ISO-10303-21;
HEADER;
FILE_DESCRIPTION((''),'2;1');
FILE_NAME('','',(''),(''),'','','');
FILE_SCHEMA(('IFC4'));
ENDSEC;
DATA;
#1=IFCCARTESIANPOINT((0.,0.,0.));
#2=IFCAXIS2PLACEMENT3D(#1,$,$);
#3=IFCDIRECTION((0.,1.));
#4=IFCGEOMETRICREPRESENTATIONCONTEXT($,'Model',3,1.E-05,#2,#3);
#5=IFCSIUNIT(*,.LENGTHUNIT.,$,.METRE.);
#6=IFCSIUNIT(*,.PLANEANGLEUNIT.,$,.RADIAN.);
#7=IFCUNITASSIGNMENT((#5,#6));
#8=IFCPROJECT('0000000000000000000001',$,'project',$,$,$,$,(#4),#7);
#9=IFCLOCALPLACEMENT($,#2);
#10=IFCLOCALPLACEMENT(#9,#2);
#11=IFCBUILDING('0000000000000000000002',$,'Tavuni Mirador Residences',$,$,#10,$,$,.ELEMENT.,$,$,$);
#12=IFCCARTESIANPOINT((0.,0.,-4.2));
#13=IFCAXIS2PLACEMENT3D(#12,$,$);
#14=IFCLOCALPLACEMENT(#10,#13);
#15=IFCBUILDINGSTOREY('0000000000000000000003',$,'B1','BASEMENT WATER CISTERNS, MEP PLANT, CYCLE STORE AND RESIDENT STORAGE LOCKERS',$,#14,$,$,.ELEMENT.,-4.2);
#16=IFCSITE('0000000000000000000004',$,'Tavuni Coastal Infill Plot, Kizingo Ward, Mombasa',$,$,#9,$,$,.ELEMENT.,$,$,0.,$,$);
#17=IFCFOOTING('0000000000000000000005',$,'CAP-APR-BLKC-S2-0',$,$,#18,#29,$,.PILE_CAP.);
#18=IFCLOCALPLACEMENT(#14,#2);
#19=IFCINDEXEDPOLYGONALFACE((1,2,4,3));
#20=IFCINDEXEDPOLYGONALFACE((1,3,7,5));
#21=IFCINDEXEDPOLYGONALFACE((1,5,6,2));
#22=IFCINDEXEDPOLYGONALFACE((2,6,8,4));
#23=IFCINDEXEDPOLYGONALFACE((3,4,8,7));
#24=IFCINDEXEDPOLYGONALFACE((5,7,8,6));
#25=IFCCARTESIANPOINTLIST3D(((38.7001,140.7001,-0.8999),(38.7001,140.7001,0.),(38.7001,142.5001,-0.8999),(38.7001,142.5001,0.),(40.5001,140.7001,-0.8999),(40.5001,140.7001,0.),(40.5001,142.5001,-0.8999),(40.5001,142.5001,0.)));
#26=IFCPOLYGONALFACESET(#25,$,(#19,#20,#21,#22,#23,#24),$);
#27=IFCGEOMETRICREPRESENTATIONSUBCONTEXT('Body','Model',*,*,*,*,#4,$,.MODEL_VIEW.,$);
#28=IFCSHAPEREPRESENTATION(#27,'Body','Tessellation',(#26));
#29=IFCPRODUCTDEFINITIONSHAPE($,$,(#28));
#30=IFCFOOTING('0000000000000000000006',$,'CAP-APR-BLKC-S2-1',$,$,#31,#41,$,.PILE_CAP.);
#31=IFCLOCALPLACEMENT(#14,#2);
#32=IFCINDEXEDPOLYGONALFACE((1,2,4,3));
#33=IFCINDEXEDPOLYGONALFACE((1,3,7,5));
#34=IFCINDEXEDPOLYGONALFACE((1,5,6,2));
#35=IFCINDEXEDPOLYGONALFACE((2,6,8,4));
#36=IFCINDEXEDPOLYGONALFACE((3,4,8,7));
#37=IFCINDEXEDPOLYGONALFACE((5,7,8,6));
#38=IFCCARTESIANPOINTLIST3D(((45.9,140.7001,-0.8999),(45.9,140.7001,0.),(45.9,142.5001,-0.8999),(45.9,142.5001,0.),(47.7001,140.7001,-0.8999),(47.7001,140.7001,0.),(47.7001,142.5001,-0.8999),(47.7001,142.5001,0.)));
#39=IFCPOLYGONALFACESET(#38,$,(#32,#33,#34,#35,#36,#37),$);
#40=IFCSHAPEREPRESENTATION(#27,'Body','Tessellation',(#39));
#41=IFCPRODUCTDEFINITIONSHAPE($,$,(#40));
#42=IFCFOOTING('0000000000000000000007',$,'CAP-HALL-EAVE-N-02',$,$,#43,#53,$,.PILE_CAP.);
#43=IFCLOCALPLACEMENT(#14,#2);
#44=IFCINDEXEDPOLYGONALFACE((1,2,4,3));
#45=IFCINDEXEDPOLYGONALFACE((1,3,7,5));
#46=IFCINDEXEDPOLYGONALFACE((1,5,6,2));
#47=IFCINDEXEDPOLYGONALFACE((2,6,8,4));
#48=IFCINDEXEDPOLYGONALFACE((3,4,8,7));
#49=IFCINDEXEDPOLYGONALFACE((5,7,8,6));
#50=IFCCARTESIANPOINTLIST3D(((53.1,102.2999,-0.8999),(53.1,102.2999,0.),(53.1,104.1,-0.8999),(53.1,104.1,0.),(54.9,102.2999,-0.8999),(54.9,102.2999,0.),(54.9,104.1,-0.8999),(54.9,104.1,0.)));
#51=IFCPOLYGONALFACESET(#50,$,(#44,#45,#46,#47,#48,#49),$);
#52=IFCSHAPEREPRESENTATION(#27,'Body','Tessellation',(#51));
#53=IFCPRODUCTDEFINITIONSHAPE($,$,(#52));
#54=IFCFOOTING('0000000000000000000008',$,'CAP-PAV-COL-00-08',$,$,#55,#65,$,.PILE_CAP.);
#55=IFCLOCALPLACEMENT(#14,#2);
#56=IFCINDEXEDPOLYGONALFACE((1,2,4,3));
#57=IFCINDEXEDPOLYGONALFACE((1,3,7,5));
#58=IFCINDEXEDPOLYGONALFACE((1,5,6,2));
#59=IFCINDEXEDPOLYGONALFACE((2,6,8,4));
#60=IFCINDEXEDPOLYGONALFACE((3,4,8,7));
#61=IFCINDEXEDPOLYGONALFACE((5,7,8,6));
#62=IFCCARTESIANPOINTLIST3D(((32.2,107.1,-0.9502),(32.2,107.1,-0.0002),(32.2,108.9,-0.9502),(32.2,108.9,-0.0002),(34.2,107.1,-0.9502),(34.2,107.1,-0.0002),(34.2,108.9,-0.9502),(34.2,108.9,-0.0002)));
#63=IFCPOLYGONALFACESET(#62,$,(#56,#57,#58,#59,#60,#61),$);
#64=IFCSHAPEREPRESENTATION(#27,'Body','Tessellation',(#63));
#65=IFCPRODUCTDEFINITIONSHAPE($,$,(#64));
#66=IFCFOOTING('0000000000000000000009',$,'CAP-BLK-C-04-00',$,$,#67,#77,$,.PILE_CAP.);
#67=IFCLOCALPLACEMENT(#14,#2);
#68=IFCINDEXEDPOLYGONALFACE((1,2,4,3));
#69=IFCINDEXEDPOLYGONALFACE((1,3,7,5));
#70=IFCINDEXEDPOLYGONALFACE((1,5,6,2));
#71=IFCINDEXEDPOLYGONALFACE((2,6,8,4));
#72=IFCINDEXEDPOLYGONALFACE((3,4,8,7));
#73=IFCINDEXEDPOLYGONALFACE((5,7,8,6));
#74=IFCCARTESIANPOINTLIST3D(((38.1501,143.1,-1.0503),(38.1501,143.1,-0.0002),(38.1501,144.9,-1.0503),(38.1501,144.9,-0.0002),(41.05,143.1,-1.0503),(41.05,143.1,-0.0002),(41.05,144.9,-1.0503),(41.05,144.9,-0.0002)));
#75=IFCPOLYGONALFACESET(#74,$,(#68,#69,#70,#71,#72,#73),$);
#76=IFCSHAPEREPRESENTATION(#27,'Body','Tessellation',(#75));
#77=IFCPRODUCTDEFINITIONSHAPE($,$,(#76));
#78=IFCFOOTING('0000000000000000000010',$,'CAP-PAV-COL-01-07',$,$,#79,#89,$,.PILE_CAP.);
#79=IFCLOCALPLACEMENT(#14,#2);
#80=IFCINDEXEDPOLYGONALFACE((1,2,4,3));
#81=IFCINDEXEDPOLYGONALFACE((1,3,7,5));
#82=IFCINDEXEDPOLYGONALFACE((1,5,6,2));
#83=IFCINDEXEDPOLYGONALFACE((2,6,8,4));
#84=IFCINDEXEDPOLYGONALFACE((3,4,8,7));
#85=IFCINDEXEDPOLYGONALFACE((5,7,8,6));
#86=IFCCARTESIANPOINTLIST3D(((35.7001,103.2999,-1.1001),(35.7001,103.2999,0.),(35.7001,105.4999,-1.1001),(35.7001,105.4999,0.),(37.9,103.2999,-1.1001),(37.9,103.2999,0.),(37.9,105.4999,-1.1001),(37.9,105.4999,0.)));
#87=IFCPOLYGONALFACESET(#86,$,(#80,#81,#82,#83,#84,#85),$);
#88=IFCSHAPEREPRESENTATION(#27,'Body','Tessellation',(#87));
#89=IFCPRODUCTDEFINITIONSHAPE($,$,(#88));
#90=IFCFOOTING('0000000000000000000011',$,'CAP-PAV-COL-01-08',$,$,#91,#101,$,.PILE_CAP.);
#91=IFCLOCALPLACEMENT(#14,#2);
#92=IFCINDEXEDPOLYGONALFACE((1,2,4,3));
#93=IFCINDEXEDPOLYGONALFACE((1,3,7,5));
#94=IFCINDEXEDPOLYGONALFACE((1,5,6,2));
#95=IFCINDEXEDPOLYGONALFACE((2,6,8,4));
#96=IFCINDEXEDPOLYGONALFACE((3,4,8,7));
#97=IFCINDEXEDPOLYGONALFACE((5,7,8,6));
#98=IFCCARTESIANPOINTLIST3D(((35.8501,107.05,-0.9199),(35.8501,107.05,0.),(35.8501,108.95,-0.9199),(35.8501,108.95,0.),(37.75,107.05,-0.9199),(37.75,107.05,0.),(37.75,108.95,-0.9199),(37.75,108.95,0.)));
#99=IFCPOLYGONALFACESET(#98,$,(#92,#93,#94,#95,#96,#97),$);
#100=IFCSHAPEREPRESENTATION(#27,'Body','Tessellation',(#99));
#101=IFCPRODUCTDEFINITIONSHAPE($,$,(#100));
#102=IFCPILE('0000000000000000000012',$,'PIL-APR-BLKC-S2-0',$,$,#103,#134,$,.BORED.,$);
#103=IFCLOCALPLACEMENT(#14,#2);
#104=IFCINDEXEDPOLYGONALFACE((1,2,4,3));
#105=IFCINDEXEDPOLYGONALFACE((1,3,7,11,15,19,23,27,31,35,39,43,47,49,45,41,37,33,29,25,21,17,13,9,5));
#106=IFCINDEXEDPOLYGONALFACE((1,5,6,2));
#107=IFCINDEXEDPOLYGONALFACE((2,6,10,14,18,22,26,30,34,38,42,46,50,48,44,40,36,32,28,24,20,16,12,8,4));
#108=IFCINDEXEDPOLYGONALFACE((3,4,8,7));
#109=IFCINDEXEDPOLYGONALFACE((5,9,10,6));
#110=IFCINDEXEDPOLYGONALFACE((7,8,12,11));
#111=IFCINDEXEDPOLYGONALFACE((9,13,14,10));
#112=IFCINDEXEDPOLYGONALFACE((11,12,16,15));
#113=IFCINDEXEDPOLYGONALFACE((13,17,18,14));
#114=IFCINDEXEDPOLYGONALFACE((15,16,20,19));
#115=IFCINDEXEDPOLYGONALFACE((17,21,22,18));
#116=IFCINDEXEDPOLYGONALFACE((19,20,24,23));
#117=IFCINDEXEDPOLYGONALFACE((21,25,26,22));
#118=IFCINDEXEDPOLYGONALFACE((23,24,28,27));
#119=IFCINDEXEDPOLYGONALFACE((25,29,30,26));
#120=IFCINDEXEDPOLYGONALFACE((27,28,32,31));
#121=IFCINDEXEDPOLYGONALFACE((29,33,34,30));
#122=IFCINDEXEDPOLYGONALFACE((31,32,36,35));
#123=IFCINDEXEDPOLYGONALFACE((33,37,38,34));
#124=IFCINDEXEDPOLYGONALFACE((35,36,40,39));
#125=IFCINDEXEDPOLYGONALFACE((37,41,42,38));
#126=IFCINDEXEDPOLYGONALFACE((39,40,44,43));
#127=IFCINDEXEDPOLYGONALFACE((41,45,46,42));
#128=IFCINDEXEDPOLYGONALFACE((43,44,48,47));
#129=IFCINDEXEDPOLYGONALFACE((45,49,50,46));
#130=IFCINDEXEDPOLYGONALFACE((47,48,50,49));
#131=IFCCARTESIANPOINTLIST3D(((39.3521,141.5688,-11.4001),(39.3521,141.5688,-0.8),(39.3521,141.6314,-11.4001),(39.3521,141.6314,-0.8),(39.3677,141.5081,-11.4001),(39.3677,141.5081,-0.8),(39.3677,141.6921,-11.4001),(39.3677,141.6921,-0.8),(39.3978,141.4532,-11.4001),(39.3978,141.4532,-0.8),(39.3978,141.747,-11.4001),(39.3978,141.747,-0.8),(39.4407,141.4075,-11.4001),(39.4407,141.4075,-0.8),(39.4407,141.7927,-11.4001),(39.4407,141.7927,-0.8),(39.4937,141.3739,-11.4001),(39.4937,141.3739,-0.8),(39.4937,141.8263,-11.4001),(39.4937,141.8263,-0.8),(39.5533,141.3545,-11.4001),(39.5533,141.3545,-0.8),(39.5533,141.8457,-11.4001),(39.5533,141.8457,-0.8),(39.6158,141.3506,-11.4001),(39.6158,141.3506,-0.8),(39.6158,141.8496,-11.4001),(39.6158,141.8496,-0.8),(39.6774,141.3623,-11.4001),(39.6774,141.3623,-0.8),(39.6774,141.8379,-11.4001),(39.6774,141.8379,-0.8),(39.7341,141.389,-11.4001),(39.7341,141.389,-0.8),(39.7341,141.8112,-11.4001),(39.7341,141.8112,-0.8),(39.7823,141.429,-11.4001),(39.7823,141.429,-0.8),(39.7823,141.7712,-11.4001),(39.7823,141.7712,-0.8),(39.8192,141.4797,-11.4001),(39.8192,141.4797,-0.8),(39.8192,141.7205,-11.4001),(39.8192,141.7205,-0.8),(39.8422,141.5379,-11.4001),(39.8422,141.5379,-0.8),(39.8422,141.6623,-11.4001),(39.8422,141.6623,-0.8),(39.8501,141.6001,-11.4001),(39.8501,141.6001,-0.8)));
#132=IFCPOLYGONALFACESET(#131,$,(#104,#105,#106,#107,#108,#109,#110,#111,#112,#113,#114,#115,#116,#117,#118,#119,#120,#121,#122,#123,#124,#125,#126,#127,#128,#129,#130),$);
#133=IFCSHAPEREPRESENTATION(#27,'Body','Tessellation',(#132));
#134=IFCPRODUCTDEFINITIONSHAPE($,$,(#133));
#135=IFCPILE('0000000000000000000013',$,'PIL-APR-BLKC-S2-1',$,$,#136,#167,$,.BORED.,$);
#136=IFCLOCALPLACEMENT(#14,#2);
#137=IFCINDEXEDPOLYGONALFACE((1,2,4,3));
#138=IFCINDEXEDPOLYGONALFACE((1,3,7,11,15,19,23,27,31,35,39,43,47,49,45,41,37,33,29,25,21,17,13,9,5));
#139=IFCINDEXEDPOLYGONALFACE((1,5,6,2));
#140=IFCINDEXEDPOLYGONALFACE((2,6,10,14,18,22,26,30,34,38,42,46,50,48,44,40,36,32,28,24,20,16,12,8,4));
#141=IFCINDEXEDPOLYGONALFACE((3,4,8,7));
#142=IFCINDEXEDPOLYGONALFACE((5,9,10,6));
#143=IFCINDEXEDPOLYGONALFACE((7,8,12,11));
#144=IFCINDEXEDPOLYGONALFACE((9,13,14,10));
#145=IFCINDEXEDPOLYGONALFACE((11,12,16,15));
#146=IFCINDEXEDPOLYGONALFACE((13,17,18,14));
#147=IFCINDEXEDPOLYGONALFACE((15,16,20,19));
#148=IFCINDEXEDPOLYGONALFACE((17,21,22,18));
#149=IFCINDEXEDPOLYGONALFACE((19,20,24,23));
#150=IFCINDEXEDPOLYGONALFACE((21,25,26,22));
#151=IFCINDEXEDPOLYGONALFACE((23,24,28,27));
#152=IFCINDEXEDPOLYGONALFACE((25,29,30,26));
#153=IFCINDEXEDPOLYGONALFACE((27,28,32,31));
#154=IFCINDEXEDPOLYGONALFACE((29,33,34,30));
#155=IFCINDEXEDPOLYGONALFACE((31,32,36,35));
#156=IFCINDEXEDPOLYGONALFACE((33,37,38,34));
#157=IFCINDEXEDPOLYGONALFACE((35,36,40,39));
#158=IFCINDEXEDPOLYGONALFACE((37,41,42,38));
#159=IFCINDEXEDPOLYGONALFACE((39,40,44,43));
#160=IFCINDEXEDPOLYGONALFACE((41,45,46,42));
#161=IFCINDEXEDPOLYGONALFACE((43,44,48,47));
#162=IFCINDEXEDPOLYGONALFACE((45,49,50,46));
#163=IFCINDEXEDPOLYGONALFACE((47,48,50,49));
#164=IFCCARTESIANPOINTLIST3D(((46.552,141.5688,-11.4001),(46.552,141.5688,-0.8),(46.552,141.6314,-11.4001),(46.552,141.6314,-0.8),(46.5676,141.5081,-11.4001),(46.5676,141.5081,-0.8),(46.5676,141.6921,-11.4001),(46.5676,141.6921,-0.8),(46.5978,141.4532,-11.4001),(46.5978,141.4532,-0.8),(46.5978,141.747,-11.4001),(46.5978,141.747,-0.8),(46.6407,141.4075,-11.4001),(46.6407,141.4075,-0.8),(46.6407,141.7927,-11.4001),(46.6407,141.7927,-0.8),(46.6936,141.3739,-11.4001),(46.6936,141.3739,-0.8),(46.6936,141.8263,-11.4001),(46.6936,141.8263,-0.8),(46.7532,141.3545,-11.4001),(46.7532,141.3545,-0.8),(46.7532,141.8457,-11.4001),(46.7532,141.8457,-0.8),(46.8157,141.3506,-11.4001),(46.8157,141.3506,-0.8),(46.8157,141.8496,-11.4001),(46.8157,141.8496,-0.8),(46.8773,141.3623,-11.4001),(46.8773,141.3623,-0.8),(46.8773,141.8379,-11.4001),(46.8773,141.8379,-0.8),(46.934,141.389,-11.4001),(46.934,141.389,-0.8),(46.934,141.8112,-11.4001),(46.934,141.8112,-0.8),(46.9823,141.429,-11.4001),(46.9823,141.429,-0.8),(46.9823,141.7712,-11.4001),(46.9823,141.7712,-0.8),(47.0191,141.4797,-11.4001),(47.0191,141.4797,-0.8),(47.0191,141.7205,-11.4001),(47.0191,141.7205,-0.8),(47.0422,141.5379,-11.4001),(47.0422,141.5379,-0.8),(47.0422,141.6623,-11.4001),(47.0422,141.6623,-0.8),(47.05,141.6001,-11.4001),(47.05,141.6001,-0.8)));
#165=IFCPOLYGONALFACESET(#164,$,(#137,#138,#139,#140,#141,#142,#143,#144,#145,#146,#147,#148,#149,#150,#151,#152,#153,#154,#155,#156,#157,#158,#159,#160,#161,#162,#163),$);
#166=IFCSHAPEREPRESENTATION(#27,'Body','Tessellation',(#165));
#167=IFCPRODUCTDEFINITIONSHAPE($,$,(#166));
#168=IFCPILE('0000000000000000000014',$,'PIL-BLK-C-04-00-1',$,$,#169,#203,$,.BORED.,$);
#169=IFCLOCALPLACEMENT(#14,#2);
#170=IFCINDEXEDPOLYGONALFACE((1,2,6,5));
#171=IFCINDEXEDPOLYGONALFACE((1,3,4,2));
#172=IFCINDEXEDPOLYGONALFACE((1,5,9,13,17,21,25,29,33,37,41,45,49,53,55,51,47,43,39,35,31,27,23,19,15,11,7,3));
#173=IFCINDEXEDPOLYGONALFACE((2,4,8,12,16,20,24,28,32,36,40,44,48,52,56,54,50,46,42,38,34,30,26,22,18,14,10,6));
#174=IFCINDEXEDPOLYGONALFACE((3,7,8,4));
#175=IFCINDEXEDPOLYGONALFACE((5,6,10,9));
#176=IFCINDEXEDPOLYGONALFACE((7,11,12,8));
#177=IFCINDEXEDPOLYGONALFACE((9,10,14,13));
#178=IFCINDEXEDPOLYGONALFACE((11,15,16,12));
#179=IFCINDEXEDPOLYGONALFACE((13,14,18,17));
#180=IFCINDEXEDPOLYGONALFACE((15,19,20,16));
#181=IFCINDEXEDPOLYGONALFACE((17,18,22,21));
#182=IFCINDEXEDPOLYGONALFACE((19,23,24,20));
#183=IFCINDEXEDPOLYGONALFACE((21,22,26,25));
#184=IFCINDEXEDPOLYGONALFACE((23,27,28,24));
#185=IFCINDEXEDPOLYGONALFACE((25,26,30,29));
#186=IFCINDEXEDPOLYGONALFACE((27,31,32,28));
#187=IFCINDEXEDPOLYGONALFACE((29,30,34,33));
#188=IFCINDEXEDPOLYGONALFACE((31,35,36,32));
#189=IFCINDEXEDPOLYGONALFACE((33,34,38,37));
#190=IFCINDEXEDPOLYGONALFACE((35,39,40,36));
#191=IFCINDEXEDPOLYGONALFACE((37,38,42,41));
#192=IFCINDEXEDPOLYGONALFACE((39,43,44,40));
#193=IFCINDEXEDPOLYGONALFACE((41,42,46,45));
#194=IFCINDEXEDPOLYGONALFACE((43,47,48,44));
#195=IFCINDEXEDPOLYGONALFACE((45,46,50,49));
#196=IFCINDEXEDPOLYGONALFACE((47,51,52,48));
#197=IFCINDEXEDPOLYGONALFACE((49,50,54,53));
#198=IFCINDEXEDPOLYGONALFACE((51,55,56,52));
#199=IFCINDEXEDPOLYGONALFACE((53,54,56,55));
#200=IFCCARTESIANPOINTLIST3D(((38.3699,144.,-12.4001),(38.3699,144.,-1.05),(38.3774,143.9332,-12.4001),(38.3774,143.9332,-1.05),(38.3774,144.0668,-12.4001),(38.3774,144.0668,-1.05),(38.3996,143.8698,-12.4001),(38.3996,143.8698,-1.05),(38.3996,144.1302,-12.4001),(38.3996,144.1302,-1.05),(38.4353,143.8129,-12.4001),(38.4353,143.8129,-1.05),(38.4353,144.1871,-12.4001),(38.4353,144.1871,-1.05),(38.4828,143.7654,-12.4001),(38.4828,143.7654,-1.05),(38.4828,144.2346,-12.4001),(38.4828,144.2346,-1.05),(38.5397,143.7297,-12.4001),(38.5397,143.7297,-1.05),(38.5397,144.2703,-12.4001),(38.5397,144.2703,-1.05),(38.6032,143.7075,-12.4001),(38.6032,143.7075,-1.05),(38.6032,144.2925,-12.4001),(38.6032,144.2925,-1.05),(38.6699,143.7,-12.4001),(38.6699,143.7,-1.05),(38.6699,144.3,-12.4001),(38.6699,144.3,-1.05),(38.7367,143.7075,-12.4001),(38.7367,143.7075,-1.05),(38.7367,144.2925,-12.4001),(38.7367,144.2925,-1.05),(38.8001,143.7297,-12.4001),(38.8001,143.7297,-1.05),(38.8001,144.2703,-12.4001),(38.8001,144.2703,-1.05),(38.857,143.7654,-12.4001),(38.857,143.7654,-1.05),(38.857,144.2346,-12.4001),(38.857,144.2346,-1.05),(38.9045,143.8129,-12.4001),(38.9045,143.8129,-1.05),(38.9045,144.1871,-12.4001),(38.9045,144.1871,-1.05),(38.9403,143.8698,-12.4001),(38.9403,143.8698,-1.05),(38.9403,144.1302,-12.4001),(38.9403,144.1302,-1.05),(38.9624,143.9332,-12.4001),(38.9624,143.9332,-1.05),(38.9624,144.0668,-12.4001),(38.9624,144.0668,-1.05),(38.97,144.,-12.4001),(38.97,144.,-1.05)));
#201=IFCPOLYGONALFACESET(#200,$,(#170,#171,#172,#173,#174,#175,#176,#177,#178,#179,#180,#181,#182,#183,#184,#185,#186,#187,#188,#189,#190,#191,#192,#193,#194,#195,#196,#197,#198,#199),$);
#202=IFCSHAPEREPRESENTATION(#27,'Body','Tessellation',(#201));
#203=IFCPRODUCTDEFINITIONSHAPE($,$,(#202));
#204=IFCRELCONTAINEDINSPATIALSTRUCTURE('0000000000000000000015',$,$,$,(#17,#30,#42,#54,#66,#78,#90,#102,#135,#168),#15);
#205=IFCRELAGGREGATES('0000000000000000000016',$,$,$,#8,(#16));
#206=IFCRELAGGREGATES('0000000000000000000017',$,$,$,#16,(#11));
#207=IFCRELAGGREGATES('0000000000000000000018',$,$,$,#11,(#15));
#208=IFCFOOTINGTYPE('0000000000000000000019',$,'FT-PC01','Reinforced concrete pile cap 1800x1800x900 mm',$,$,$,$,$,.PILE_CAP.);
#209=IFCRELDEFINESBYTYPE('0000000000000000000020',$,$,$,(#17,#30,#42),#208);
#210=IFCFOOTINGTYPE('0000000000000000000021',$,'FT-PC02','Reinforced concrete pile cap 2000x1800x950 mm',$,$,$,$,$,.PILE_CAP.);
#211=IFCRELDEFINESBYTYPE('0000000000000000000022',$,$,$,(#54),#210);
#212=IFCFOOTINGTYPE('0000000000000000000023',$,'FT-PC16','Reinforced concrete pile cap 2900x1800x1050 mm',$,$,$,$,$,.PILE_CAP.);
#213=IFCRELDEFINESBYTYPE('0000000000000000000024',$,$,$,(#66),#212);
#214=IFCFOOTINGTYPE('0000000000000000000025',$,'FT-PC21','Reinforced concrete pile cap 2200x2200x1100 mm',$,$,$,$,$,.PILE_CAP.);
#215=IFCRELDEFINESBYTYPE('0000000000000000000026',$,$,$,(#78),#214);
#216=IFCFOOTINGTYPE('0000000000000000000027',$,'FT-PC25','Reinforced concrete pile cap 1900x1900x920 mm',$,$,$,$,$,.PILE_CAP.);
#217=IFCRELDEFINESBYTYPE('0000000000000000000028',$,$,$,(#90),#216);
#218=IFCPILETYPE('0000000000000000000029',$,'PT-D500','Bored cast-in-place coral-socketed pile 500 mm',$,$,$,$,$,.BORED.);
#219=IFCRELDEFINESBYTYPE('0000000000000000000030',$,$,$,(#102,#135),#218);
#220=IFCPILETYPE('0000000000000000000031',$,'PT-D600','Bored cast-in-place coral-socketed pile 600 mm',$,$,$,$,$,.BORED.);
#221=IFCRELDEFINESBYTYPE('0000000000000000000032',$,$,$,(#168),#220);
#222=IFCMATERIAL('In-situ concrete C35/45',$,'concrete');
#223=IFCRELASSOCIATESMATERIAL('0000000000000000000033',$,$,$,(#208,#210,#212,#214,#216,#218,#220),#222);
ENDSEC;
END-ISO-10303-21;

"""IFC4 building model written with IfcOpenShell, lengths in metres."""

from ifc_helpers import new_model, si_unit, direction, frame, origin, origin_2d, place, context, subcontext, project, spatial, rectangle, circle, extrude, material, material_profile, profile_set, type_object, element, save


model = new_model("IFC4")

# Units and contexts
model_context = context("Model", 3, precision=1e-05, world=origin(), true_north=direction((0.0, 1.0)))
body_context = subcontext(model_context, "Body", "Model", "MODEL_VIEW")
ifc_project = project(units=[si_unit("LENGTHUNIT", "METRE"), si_unit("PLANEANGLEUNIT", "RADIAN")], contexts=[model_context])

# Site, building, storey
site_placement = place(None, origin())
site = spatial("IfcSite", under=ifc_project, at=site_placement, Name="Tavuni Coastal Infill Plot, Kizingo Ward, Mombasa", CompositionType="ELEMENT", RefElevation=0.0)
building_placement = place(site_placement, origin())
building = spatial("IfcBuilding", under=site, at=building_placement, Name="Tavuni Mirador Residences", CompositionType="ELEMENT")
storey_placement = place(building_placement, frame((0.0, 0.0, -4.2)))
storey = spatial("IfcBuildingStorey", under=building, at=storey_placement, Name="B1", Description="BASEMENT WATER CISTERNS, MEP PLANT, CYCLE STORE AND RESIDENT STORAGE LOCKERS", CompositionType="ELEMENT", Elevation=-4.2)

# Footings
ifc_material_1 = material(Name="In-situ concrete C35/45", Category="concrete")
footing_type_1 = type_object("IfcFootingType", Name="FT-PC01", Description="Reinforced concrete pile cap 1800x1800x900 mm", PredefinedType="PILE_CAP", material=ifc_material_1)
for number, where, z_axis, x_axis, name in (
    (1, (39.6001, 141.6001, -0.8999), (0.0, 0.0, 1.0), (1.0, 0.0, 0.0), "CAP-APR-BLKC-S2-0"),
    (2, (46.8, 141.6001, -0.8999), (0.0, 0.0, 1.0), (1.0, 0.0, 0.0), "CAP-APR-BLKC-S2-1"),
    (3, (54.0, 103.2, -0.8999), (0.0, 0.0, 1.0), (1.0, 0.0, 0.0), "CAP-HALL-EAVE-N-02"),
):
    element("IfcFooting", number, at=place(storey_placement, frame(where, z_axis=z_axis, x_axis=x_axis)), inside=storey, type_object=footing_type_1, Name=name, PredefinedType="PILE_CAP", context=body_context, shape_type="SweptSolid", body=[
        extrude(rectangle(XDim=1.8, YDim=1.8, at=origin_2d()), origin(), (0.0, 0.0, 1.0), 0.8999),
    ])
footing_type_2 = type_object("IfcFootingType", Name="FT-PC02", Description="Reinforced concrete pile cap 2000x1800x950 mm", PredefinedType="PILE_CAP", material=ifc_material_1)
footing_1_placement = place(storey_placement, frame((33.2, 108.0, -0.9502), z_axis=(0.0, 0.0, 1.0), x_axis=(1.0, 0.0, 0.0)))
element("IfcFooting", 4, at=footing_1_placement, inside=storey, type_object=footing_type_2, Name="CAP-PAV-COL-00-08", PredefinedType="PILE_CAP", context=body_context, shape_type="SweptSolid", body=[
    extrude(rectangle(XDim=2.0, YDim=1.8, at=origin_2d()), origin(), (0.0, 0.0, 1.0), 0.95),
])
footing_type_3 = type_object("IfcFootingType", Name="FT-PC16", Description="Reinforced concrete pile cap 2900x1800x1050 mm", PredefinedType="PILE_CAP", material=ifc_material_1)
footing_2_placement = place(storey_placement, frame((39.6001, 144.0, -1.0503), z_axis=(0.0, 0.0, 1.0), x_axis=(1.0, 0.0, 0.0)))
element("IfcFooting", 5, at=footing_2_placement, inside=storey, type_object=footing_type_3, Name="CAP-BLK-C-04-00", PredefinedType="PILE_CAP", context=body_context, shape_type="SweptSolid", body=[
    extrude(rectangle(XDim=2.8999, YDim=1.8, at=origin_2d()), origin(), (0.0, 0.0, 1.0), 1.05),
])
footing_type_4 = type_object("IfcFootingType", Name="FT-PC21", Description="Reinforced concrete pile cap 2200x2200x1100 mm", PredefinedType="PILE_CAP", material=ifc_material_1)
footing_3_placement = place(storey_placement, frame((36.8, 104.3999, -1.1001), z_axis=(0.0, 0.0, 1.0), x_axis=(1.0, 0.0, 0.0)))
element("IfcFooting", 6, at=footing_3_placement, inside=storey, type_object=footing_type_4, Name="CAP-PAV-COL-01-07", PredefinedType="PILE_CAP", context=body_context, shape_type="SweptSolid", body=[
    extrude(rectangle(XDim=2.2, YDim=2.2, at=origin_2d()), origin(), (0.0, 0.0, 1.0), 1.1001),
])
footing_type_5 = type_object("IfcFootingType", Name="FT-PC25", Description="Reinforced concrete pile cap 1900x1900x920 mm", PredefinedType="PILE_CAP", material=ifc_material_1)
footing_4_placement = place(storey_placement, frame((36.8, 108.0, -0.9199), z_axis=(0.0, 0.0, 1.0), x_axis=(1.0, 0.0, 0.0)))
element("IfcFooting", 7, at=footing_4_placement, inside=storey, type_object=footing_type_5, Name="CAP-PAV-COL-01-08", PredefinedType="PILE_CAP", context=body_context, shape_type="SweptSolid", body=[
    extrude(rectangle(XDim=1.8999, YDim=1.8999, at=origin_2d()), origin(), (0.0, 0.0, 1.0), 0.9199),
])

# Piles
ifc_material_profile_1 = material_profile(ifc_material_1, circle(Radius=0.25, at=origin_2d()), Name="PILE D500", Category="concrete")
ifc_profile_set_1 = profile_set([ifc_material_profile_1], Name="In-situ concrete C35/45")
pile_type_1 = type_object("IfcPileType", Name="PT-D500", Description="Bored cast-in-place coral-socketed pile 500 mm", PredefinedType="BORED", material=ifc_profile_set_1)
for number, where, z_axis, x_axis, name in (
    (8, (39.6001, 141.6001, -0.8), (0.0, 0.0, -1.0), (1.0, 0.0, 0.0), "PIL-APR-BLKC-S2-0"),
    (9, (46.8, 141.6001, -0.8), (0.0, 0.0, -1.0), (1.0, 0.0, 0.0), "PIL-APR-BLKC-S2-1"),
):
    element("IfcPile", number, at=place(storey_placement, frame(where, z_axis=z_axis, x_axis=x_axis)), inside=storey, type_object=pile_type_1, Name=name, PredefinedType="BORED", context=body_context, shape_type="SweptSolid", body=[
        extrude(circle(Radius=0.25, at=origin_2d()), origin(), (0.0, 0.0, 1.0), 10.6001),
    ])
ifc_material_profile_2 = material_profile(ifc_material_1, circle(Radius=0.3, at=origin_2d()), Name="PILE D600", Category="concrete")
ifc_profile_set_2 = profile_set([ifc_material_profile_2], Name="In-situ concrete C35/45")
pile_type_2 = type_object("IfcPileType", Name="PT-D600", Description="Bored cast-in-place coral-socketed pile 600 mm", PredefinedType="BORED", material=ifc_profile_set_2)
for number, where, z_axis, x_axis, name in (
    (10, (38.6699, 144.0, -1.05), (0.0, 0.0, -1.0), (1.0, 0.0, 0.0), "PIL-BLK-C-04-00-1"),
):
    element("IfcPile", number, at=place(storey_placement, frame(where, z_axis=z_axis, x_axis=x_axis)), inside=storey, type_object=pile_type_2, Name=name, PredefinedType="BORED", context=body_context, shape_type="SweptSolid", body=[
        extrude(circle(Radius=0.3, at=origin_2d()), origin(), (0.0, 0.0, 1.0), 11.3501),
    ])

save(model, "model.ifc")
